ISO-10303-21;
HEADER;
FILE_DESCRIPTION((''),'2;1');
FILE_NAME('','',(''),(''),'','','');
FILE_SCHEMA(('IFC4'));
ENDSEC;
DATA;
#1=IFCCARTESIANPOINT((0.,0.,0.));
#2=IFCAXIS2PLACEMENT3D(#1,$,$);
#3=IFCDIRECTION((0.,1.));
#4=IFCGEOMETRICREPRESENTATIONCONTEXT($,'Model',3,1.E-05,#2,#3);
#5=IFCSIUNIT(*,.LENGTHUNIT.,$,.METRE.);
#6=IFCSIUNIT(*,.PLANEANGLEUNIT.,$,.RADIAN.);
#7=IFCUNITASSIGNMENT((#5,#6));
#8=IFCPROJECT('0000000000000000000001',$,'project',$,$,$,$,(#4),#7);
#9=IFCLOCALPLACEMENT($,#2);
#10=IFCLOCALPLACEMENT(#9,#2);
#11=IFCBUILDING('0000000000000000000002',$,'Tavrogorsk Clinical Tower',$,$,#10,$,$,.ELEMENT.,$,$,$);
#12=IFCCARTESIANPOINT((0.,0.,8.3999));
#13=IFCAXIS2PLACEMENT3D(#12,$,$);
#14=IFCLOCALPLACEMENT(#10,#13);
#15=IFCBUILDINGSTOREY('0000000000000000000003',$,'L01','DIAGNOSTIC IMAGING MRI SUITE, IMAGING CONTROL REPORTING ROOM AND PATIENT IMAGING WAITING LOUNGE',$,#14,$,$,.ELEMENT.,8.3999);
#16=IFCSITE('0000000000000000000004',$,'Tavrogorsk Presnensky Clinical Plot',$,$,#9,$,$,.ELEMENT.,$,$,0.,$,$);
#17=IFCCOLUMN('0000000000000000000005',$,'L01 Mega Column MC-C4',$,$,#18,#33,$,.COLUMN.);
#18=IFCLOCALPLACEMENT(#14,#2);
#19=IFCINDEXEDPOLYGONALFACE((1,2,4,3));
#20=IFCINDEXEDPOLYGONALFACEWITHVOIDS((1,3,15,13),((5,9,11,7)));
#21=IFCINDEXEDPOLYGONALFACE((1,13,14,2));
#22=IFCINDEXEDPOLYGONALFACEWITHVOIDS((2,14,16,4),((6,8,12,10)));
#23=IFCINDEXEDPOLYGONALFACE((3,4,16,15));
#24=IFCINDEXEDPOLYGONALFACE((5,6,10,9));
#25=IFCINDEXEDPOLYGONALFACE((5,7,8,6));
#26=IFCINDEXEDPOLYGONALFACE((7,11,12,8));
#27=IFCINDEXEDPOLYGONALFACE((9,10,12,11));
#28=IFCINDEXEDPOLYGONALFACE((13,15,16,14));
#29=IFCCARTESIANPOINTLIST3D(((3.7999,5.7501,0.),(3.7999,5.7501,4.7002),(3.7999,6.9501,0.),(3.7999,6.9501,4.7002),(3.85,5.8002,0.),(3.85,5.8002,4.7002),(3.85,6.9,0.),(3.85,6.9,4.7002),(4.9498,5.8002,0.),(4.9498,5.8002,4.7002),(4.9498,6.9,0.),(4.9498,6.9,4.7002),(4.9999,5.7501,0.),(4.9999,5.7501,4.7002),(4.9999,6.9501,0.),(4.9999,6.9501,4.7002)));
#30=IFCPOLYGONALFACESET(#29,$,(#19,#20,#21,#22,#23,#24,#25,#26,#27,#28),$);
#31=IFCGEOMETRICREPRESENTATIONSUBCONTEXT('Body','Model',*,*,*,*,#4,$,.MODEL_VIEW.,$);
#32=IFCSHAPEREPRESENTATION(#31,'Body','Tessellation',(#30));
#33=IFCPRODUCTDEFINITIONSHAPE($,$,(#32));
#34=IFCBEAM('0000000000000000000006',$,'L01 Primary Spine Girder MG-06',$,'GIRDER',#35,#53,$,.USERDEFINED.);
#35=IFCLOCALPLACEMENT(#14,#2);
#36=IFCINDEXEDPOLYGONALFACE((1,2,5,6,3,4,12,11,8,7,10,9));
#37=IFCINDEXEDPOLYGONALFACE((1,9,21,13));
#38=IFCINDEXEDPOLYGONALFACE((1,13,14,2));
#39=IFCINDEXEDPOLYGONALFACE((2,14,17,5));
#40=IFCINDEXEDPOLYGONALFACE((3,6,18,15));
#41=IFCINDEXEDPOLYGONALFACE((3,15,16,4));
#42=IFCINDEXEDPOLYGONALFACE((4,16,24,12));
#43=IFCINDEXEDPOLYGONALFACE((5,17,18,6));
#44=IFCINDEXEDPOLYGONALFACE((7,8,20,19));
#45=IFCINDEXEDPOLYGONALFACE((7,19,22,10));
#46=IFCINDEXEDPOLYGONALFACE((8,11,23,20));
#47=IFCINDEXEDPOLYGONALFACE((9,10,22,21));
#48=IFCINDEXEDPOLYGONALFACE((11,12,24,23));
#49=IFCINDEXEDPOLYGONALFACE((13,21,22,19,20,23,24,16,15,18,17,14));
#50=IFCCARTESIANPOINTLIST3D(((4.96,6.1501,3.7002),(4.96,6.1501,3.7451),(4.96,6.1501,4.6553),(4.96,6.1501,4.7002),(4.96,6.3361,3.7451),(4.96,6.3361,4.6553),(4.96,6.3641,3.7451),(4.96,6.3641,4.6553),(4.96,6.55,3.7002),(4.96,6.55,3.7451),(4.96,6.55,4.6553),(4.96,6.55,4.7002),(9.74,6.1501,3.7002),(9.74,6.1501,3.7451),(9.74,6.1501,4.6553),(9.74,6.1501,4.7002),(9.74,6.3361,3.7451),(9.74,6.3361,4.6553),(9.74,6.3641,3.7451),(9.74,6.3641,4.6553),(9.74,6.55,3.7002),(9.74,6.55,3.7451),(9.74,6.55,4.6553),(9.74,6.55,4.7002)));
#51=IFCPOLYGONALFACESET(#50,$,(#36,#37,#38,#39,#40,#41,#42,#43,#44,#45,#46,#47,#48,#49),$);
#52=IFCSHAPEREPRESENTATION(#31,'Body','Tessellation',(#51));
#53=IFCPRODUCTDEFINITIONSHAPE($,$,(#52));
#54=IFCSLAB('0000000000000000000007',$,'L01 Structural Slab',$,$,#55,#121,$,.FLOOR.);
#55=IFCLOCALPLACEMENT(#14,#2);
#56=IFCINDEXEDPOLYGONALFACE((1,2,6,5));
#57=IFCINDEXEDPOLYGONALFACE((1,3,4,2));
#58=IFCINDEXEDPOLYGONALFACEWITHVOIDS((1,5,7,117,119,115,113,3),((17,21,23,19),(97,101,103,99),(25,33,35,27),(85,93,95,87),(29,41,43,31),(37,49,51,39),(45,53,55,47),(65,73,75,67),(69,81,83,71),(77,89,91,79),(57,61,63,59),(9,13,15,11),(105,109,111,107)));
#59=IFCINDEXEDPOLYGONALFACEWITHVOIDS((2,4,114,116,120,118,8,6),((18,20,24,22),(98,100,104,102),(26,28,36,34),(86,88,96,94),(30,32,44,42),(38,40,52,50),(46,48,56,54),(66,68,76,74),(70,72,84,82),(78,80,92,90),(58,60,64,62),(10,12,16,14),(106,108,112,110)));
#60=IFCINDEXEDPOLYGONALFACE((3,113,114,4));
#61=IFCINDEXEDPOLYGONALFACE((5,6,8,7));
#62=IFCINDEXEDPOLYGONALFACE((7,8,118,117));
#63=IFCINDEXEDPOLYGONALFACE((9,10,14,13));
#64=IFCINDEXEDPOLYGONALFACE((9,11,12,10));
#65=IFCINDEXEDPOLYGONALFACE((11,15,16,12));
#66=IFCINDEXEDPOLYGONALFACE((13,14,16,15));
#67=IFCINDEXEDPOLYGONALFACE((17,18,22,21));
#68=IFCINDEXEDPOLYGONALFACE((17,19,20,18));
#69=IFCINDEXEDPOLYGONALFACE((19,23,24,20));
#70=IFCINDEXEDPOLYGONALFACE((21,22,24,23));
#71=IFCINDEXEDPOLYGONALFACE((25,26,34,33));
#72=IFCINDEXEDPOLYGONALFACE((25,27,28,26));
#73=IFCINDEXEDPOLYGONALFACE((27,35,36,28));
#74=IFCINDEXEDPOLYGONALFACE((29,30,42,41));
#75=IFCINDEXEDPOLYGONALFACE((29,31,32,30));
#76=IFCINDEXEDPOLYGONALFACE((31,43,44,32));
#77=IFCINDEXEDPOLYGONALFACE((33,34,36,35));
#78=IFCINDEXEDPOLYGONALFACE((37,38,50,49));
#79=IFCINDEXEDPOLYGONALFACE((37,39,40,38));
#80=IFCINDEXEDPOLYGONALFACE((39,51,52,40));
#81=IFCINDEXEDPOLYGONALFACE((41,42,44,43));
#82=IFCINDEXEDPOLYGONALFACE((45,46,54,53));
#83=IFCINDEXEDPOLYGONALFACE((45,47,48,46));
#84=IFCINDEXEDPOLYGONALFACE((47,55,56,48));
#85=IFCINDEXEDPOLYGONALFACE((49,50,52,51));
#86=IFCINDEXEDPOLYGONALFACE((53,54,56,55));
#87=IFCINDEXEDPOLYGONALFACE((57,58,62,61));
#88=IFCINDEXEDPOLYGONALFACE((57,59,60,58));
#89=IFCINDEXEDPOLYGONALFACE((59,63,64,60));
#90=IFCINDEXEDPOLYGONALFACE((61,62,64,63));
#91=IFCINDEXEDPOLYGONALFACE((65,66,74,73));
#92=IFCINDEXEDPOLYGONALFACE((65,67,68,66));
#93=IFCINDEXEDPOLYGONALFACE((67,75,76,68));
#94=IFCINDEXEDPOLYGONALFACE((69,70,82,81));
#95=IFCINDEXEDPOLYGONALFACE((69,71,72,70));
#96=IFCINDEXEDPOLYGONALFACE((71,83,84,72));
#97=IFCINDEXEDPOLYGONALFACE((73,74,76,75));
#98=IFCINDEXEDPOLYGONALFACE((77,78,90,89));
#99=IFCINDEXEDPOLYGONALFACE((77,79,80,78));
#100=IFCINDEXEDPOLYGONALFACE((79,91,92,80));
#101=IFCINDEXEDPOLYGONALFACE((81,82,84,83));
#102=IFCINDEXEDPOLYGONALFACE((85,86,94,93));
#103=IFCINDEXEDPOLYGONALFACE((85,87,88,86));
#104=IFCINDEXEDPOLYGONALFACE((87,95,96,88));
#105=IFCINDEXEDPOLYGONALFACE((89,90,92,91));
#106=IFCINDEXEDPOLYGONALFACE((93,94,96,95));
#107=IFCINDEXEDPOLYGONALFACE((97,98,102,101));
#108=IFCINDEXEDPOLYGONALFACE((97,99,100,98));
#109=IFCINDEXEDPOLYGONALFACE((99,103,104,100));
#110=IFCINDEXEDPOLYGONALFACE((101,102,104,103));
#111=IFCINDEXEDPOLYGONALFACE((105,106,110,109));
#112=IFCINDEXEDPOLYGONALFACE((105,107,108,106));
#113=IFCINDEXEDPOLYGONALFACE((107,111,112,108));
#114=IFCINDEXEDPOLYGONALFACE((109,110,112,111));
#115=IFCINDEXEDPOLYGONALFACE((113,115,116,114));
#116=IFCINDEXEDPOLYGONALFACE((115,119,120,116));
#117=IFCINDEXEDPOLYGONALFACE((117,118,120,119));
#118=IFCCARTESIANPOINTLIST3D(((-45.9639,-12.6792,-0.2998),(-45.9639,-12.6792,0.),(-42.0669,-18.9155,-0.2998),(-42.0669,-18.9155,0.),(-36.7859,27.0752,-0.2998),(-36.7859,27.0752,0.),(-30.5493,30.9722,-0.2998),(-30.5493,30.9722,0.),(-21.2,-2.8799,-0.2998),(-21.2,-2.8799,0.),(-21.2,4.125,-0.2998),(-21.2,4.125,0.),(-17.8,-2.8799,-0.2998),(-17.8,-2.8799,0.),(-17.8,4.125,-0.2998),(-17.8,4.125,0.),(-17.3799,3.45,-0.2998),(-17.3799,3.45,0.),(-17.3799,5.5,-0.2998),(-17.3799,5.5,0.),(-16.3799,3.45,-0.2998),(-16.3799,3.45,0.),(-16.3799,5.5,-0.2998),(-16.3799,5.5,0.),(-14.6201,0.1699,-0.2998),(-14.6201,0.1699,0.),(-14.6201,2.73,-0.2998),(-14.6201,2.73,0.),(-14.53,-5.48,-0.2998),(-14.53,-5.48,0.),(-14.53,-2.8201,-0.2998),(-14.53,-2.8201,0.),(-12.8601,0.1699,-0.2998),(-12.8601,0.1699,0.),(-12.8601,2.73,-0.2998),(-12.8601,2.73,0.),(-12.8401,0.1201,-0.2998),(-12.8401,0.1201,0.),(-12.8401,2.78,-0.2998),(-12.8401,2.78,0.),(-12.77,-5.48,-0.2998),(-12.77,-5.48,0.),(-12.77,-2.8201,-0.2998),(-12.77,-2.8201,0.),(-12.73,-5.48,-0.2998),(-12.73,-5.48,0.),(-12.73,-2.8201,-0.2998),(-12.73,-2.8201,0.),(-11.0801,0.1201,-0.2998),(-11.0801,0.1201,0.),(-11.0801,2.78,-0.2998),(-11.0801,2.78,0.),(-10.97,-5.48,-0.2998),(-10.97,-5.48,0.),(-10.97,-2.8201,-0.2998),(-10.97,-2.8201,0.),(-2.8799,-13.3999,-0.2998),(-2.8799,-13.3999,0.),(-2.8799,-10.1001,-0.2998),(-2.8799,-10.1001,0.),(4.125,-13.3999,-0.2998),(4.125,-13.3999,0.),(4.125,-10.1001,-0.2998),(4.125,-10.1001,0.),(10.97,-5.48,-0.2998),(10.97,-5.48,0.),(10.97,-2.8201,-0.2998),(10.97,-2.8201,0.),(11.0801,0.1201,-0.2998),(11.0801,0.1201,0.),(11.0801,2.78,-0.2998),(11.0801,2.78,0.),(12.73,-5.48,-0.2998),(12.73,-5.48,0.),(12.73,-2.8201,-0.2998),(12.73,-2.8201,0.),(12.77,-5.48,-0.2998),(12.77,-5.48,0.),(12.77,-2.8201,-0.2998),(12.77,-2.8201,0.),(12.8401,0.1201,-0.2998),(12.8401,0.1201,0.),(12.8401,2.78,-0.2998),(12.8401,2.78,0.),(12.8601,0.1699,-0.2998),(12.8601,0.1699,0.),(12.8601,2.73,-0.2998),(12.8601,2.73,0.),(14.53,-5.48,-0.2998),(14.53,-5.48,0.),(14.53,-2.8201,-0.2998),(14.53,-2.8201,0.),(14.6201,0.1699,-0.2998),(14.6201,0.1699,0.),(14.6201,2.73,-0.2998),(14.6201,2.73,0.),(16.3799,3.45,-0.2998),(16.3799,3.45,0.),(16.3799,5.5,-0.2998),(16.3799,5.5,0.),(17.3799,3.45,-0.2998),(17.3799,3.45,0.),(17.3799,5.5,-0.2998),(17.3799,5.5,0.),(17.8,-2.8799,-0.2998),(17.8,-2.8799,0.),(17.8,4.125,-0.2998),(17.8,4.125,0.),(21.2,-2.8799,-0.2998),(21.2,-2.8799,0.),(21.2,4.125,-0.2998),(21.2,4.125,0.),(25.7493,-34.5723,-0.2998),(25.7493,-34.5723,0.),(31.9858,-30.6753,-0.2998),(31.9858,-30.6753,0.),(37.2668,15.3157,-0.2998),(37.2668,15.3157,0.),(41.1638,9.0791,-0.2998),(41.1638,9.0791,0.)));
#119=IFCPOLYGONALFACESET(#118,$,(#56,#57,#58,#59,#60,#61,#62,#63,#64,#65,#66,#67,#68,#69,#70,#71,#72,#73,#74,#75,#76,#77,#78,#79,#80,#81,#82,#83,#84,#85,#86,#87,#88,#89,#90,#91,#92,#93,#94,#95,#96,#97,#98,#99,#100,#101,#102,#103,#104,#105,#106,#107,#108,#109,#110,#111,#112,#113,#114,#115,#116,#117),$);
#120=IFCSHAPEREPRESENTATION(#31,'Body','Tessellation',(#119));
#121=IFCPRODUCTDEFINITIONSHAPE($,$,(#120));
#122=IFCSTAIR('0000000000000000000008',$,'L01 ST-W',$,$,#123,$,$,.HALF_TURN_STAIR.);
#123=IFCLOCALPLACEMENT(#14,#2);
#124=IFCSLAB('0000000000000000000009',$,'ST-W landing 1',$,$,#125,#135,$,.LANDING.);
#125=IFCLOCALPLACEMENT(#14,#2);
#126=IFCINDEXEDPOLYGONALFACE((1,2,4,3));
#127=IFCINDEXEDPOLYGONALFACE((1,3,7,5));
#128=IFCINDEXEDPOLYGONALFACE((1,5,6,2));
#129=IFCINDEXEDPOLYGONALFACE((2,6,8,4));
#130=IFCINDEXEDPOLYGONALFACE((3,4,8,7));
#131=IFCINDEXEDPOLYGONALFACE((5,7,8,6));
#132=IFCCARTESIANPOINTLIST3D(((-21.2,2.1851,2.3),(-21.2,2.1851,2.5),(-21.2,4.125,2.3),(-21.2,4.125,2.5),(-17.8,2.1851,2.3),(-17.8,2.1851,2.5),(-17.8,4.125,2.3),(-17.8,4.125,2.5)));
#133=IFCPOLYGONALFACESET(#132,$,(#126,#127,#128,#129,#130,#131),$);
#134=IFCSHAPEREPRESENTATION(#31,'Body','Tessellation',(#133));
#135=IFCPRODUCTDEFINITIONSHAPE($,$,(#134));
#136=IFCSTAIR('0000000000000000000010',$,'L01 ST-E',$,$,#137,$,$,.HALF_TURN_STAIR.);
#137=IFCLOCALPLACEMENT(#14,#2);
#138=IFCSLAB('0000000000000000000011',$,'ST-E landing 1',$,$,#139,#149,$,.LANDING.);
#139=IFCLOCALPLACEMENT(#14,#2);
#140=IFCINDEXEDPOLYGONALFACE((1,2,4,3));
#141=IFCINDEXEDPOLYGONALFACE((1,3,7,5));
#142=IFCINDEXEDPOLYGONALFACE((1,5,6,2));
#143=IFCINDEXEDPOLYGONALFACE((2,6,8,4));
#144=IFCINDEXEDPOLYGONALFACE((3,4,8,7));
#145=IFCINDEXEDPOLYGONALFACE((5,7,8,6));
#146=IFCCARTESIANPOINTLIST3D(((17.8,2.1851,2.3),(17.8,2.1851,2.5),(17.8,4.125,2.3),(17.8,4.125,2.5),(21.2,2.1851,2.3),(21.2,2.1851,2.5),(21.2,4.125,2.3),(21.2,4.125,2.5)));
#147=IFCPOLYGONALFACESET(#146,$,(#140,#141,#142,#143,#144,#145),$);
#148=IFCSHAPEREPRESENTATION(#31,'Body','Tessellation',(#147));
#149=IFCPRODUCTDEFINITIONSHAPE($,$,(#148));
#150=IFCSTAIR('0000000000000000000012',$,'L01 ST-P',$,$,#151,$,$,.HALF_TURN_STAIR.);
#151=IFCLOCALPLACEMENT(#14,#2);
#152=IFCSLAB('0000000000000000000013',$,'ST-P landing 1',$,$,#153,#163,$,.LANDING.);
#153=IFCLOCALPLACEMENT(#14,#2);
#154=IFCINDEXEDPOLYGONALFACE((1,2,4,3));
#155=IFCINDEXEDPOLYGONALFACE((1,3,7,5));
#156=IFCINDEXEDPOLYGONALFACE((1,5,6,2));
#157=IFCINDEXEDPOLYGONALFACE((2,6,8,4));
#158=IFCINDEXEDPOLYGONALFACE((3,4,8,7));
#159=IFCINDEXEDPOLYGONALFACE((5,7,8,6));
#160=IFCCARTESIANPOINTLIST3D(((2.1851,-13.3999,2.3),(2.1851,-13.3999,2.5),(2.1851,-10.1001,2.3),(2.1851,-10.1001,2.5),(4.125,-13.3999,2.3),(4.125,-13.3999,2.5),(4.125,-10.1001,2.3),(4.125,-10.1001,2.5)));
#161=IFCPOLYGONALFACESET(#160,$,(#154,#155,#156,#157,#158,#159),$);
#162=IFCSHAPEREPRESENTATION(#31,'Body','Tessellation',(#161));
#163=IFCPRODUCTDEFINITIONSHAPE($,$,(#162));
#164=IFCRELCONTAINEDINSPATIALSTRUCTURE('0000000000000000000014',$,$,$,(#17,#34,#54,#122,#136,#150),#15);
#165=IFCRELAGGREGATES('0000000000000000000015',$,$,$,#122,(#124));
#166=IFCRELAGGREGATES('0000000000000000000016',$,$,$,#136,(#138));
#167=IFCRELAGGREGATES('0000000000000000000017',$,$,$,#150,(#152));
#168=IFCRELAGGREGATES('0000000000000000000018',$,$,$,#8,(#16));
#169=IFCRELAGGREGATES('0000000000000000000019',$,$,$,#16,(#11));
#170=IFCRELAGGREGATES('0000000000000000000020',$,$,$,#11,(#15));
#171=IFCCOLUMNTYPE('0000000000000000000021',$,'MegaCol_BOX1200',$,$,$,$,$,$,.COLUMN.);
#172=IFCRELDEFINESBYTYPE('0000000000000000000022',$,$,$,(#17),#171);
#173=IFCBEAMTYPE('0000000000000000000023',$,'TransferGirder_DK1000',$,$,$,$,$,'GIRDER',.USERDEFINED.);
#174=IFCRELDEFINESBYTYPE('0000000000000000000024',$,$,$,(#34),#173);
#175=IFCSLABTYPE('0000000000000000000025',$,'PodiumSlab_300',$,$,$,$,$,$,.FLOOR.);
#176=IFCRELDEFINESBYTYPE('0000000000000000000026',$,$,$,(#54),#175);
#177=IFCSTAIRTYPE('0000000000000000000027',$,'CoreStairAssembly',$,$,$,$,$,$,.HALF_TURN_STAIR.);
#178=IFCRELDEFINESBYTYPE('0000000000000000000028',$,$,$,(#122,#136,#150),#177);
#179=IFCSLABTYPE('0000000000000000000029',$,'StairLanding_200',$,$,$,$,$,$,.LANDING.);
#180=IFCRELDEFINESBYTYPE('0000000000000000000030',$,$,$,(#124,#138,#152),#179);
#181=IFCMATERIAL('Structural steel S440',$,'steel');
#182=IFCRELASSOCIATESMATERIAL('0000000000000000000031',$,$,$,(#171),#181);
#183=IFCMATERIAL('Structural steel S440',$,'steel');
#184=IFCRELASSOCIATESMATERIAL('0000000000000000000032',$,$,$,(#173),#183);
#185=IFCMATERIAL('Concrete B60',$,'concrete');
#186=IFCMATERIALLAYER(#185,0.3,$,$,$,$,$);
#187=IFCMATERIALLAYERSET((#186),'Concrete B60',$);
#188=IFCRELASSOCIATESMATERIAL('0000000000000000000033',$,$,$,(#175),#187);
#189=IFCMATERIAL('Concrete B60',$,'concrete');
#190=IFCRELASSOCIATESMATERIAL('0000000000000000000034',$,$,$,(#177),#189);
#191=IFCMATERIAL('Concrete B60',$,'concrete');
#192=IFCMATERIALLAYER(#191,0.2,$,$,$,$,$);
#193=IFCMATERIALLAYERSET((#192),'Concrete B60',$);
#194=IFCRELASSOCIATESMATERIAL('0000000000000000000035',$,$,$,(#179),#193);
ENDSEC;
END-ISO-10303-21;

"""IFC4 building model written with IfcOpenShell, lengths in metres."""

from ifc_helpers import new_model, si_unit, direction, frame, origin, origin_2d, place, context, subcontext, project, spatial, polyline, hollow_rectangle, i_section, outline, extrude, material, layer, layer_set, material_profile, profile_set, type_object, element, aggregate, save


model = new_model("IFC4")

# Units and contexts
model_context = context("Model", 3, precision=1e-05, world=origin(), true_north=direction((0.0, 1.0)))
body_context = subcontext(model_context, "Body", "Model", "MODEL_VIEW")
ifc_project = project(units=[si_unit("LENGTHUNIT", "METRE"), si_unit("PLANEANGLEUNIT", "RADIAN")], contexts=[model_context])

# Site, building, storey
site_placement = place(None, origin())
site = spatial("IfcSite", under=ifc_project, at=site_placement, Name="Tavrogorsk Presnensky Clinical Plot", CompositionType="ELEMENT", RefElevation=0.0)
building_placement = place(site_placement, origin())
building = spatial("IfcBuilding", under=site, at=building_placement, Name="Tavrogorsk Clinical Tower", CompositionType="ELEMENT")
storey_placement = place(building_placement, frame((0.0, 0.0, 8.3999)))
storey = spatial("IfcBuildingStorey", under=building, at=storey_placement, Name="L01", Description="DIAGNOSTIC IMAGING MRI SUITE, IMAGING CONTROL REPORTING ROOM AND PATIENT IMAGING WAITING LOUNGE", CompositionType="ELEMENT", Elevation=8.3999)

# Column
ifc_material_1 = material(Name="Structural steel S440", Category="steel")
ifc_material_profile_1 = material_profile(ifc_material_1, hollow_rectangle(XDim=1.2, YDim=1.2, WallThickness=0.05, at=origin_2d()), Name="BOX-1200x1200x50")
ifc_profile_set_1 = profile_set([ifc_material_profile_1], Name="Structural steel S440")
column_type = type_object("IfcColumnType", Name="MegaCol_BOX1200", PredefinedType="COLUMN", material=ifc_profile_set_1)
column_placement = place(storey_placement, frame((4.3999, 6.3501, 0.0), z_axis=(0.0, 0.0, 1.0), x_axis=(1.0, 0.0, 0.0)))
element("IfcColumn", 1, at=column_placement, inside=storey, type_object=column_type, Name="L01 Mega Column MC-C4", PredefinedType="COLUMN", context=body_context, shape_type="SweptSolid", body=[
    extrude(hollow_rectangle(XDim=1.2, YDim=1.2, WallThickness=0.05, at=origin_2d()), origin(), (0.0, 0.0, 1.0), 4.7002),
])

# Beam
ifc_material_2 = material(Name="Structural steel S440", Category="steel")
ifc_material_profile_2 = material_profile(ifc_material_2, i_section(OverallWidth=0.3999, OverallDepth=1.0, WebThickness=0.0281, FlangeThickness=0.0449, at=origin_2d()), Name="DK-1000x400x28x45")
ifc_profile_set_2 = profile_set([ifc_material_profile_2], Name="Structural steel S440")
beam_type = type_object("IfcBeamType", Name="TransferGirder_DK1000", ElementType="GIRDER", PredefinedType="USERDEFINED", material=ifc_profile_set_2)
beam_placement = place(storey_placement, frame((4.96, 6.3501, 4.2002), z_axis=(1.0, 0.0, 0.0), x_axis=(0.0, 1.0, 0.0)))
element("IfcBeam", 2, at=beam_placement, inside=storey, type_object=beam_type, Name="L01 Primary Spine Girder MG-06", ObjectType="GIRDER", PredefinedType="USERDEFINED", context=body_context, shape_type="SweptSolid", body=[
    extrude(i_section(OverallWidth=0.3999, OverallDepth=1.0, WebThickness=0.0281, FlangeThickness=0.0449, at=origin_2d()), origin(), (0.0, 0.0, 1.0), 4.78),
])

# Slab
ifc_material_3 = material(Name="Concrete B60", Category="concrete")
ifc_layer_1 = layer(ifc_material_3, 0.3)
ifc_layer_set_1 = layer_set([ifc_layer_1], Name="Concrete B60")
slab_type_1 = type_object("IfcSlabType", Name="PodiumSlab_300", PredefinedType="FLOOR", material=ifc_layer_set_1)
slab_1_placement = place(storey_placement, frame((0.0, 0.0, -0.2998)))
element("IfcSlab", 3, at=slab_1_placement, inside=storey, type_object=slab_type_1, Name="L01 Structural Slab", PredefinedType="FLOOR", context=body_context, shape_type="SweptSolid", body=[
    extrude(outline(polyline([(-42.0669, -18.9155), (25.7493, -34.5723), (31.9858, -30.6753), (41.1638, 9.0791), (37.2668, 15.3157), (-30.5493, 30.9722), (-36.7859, 27.0752), (-45.9639, -12.6792), (-42.0669, -18.9155)]), holes=[polyline([(-17.8, -2.8799), (-17.8, 4.125), (-21.2, 4.125), (-21.2, -2.8799), (-17.8, -2.8799)]), polyline([(21.2, -2.8799), (21.2, 4.125), (17.8, 4.125), (17.8, -2.8799), (21.2, -2.8799)]), polyline([(-2.8799, -13.3999), (4.125, -13.3999), (4.125, -10.1001), (-2.8799, -10.1001), (-2.8799, -13.3999)]), polyline([(-14.6201, 0.1699), (-12.8601, 0.1699), (-12.8601, 2.73), (-14.6201, 2.73), (-14.6201, 0.1699)]), polyline([(-14.53, -5.48), (-12.77, -5.48), (-12.77, -2.8201), (-14.53, -2.8201), (-14.53, -5.48)]), polyline([(-12.73, -5.48), (-10.97, -5.48), (-10.97, -2.8201), (-12.73, -2.8201), (-12.73, -5.48)]), polyline([(-12.8401, 0.1201), (-11.0801, 0.1201), (-11.0801, 2.78), (-12.8401, 2.78), (-12.8401, 0.1201)]), polyline([(12.8601, 0.1699), (14.6201, 0.1699), (14.6201, 2.73), (12.8601, 2.73), (12.8601, 0.1699)]), polyline([(12.77, -5.48), (14.53, -5.48), (14.53, -2.8201), (12.77, -2.8201), (12.77, -5.48)]), polyline([(10.97, -5.48), (12.73, -5.48), (12.73, -2.8201), (10.97, -2.8201), (10.97, -5.48)]), polyline([(11.0801, 0.1201), (12.8401, 0.1201), (12.8401, 2.78), (11.0801, 2.78), (11.0801, 0.1201)]), polyline([(-17.3799, 3.45), (-16.3799, 3.45), (-16.3799, 5.5), (-17.3799, 5.5), (-17.3799, 3.45)]), polyline([(16.3799, 3.45), (17.3799, 3.45), (17.3799, 5.5), (16.3799, 5.5), (16.3799, 3.45)])]), origin(), (0.0, 0.0, 1.0), 0.2998),
])

# Stairs, slabs
ifc_material_4 = material(Name="Concrete B60", Category="concrete")
stair_type = type_object("IfcStairType", Name="CoreStairAssembly", PredefinedType="HALF_TURN_STAIR", material=ifc_material_4)
stair_1_placement = place(storey_placement, origin())
stair_1 = element("IfcStair", 4, at=stair_1_placement, inside=storey, type_object=stair_type, Name="L01 ST-W", PredefinedType="HALF_TURN_STAIR")
ifc_material_5 = material(Name="Concrete B60", Category="concrete")
ifc_layer_2 = layer(ifc_material_5, 0.2)
ifc_layer_set_2 = layer_set([ifc_layer_2], Name="Concrete B60")
slab_type_2 = type_object("IfcSlabType", Name="StairLanding_200", PredefinedType="LANDING", material=ifc_layer_set_2)
slab_2_placement = place(storey_placement, frame((0.0, 0.0, 2.3)))
slab_2 = element("IfcSlab", 5, at=slab_2_placement, type_object=slab_type_2, Name="ST-W landing 1", PredefinedType="LANDING", context=body_context, shape_type="SweptSolid", body=[
    extrude(outline(polyline([(-17.8, 2.1851), (-17.8, 4.125), (-21.2, 4.125), (-21.2, 2.1851), (-17.8, 2.1851)])), origin(), (0.0, 0.0, 1.0), 0.2),
])
aggregate(stair_1, [slab_2])
stair_2_placement = place(storey_placement, origin())
stair_2 = element("IfcStair", 6, at=stair_2_placement, inside=storey, type_object=stair_type, Name="L01 ST-E", PredefinedType="HALF_TURN_STAIR")
slab_3_placement = place(storey_placement, frame((0.0, 0.0, 2.3)))
slab_3 = element("IfcSlab", 7, at=slab_3_placement, type_object=slab_type_2, Name="ST-E landing 1", PredefinedType="LANDING", context=body_context, shape_type="SweptSolid", body=[
    extrude(outline(polyline([(21.2, 2.1851), (21.2, 4.125), (17.8, 4.125), (17.8, 2.1851), (21.2, 2.1851)])), origin(), (0.0, 0.0, 1.0), 0.2),
])
aggregate(stair_2, [slab_3])
stair_3_placement = place(storey_placement, origin())
stair_3 = element("IfcStair", 8, at=stair_3_placement, inside=storey, type_object=stair_type, Name="L01 ST-P", PredefinedType="HALF_TURN_STAIR")
slab_4_placement = place(storey_placement, frame((0.0, 0.0, 2.3)))
slab_4 = element("IfcSlab", 9, at=slab_4_placement, type_object=slab_type_2, Name="ST-P landing 1", PredefinedType="LANDING", context=body_context, shape_type="SweptSolid", body=[
    extrude(outline(polyline([(2.1851, -13.3999), (4.125, -13.3999), (4.125, -10.1001), (2.1851, -10.1001), (2.1851, -13.3999)])), origin(), (0.0, 0.0, 1.0), 0.2),
])
aggregate(stair_3, [slab_4])

save(model, "model.ifc")
